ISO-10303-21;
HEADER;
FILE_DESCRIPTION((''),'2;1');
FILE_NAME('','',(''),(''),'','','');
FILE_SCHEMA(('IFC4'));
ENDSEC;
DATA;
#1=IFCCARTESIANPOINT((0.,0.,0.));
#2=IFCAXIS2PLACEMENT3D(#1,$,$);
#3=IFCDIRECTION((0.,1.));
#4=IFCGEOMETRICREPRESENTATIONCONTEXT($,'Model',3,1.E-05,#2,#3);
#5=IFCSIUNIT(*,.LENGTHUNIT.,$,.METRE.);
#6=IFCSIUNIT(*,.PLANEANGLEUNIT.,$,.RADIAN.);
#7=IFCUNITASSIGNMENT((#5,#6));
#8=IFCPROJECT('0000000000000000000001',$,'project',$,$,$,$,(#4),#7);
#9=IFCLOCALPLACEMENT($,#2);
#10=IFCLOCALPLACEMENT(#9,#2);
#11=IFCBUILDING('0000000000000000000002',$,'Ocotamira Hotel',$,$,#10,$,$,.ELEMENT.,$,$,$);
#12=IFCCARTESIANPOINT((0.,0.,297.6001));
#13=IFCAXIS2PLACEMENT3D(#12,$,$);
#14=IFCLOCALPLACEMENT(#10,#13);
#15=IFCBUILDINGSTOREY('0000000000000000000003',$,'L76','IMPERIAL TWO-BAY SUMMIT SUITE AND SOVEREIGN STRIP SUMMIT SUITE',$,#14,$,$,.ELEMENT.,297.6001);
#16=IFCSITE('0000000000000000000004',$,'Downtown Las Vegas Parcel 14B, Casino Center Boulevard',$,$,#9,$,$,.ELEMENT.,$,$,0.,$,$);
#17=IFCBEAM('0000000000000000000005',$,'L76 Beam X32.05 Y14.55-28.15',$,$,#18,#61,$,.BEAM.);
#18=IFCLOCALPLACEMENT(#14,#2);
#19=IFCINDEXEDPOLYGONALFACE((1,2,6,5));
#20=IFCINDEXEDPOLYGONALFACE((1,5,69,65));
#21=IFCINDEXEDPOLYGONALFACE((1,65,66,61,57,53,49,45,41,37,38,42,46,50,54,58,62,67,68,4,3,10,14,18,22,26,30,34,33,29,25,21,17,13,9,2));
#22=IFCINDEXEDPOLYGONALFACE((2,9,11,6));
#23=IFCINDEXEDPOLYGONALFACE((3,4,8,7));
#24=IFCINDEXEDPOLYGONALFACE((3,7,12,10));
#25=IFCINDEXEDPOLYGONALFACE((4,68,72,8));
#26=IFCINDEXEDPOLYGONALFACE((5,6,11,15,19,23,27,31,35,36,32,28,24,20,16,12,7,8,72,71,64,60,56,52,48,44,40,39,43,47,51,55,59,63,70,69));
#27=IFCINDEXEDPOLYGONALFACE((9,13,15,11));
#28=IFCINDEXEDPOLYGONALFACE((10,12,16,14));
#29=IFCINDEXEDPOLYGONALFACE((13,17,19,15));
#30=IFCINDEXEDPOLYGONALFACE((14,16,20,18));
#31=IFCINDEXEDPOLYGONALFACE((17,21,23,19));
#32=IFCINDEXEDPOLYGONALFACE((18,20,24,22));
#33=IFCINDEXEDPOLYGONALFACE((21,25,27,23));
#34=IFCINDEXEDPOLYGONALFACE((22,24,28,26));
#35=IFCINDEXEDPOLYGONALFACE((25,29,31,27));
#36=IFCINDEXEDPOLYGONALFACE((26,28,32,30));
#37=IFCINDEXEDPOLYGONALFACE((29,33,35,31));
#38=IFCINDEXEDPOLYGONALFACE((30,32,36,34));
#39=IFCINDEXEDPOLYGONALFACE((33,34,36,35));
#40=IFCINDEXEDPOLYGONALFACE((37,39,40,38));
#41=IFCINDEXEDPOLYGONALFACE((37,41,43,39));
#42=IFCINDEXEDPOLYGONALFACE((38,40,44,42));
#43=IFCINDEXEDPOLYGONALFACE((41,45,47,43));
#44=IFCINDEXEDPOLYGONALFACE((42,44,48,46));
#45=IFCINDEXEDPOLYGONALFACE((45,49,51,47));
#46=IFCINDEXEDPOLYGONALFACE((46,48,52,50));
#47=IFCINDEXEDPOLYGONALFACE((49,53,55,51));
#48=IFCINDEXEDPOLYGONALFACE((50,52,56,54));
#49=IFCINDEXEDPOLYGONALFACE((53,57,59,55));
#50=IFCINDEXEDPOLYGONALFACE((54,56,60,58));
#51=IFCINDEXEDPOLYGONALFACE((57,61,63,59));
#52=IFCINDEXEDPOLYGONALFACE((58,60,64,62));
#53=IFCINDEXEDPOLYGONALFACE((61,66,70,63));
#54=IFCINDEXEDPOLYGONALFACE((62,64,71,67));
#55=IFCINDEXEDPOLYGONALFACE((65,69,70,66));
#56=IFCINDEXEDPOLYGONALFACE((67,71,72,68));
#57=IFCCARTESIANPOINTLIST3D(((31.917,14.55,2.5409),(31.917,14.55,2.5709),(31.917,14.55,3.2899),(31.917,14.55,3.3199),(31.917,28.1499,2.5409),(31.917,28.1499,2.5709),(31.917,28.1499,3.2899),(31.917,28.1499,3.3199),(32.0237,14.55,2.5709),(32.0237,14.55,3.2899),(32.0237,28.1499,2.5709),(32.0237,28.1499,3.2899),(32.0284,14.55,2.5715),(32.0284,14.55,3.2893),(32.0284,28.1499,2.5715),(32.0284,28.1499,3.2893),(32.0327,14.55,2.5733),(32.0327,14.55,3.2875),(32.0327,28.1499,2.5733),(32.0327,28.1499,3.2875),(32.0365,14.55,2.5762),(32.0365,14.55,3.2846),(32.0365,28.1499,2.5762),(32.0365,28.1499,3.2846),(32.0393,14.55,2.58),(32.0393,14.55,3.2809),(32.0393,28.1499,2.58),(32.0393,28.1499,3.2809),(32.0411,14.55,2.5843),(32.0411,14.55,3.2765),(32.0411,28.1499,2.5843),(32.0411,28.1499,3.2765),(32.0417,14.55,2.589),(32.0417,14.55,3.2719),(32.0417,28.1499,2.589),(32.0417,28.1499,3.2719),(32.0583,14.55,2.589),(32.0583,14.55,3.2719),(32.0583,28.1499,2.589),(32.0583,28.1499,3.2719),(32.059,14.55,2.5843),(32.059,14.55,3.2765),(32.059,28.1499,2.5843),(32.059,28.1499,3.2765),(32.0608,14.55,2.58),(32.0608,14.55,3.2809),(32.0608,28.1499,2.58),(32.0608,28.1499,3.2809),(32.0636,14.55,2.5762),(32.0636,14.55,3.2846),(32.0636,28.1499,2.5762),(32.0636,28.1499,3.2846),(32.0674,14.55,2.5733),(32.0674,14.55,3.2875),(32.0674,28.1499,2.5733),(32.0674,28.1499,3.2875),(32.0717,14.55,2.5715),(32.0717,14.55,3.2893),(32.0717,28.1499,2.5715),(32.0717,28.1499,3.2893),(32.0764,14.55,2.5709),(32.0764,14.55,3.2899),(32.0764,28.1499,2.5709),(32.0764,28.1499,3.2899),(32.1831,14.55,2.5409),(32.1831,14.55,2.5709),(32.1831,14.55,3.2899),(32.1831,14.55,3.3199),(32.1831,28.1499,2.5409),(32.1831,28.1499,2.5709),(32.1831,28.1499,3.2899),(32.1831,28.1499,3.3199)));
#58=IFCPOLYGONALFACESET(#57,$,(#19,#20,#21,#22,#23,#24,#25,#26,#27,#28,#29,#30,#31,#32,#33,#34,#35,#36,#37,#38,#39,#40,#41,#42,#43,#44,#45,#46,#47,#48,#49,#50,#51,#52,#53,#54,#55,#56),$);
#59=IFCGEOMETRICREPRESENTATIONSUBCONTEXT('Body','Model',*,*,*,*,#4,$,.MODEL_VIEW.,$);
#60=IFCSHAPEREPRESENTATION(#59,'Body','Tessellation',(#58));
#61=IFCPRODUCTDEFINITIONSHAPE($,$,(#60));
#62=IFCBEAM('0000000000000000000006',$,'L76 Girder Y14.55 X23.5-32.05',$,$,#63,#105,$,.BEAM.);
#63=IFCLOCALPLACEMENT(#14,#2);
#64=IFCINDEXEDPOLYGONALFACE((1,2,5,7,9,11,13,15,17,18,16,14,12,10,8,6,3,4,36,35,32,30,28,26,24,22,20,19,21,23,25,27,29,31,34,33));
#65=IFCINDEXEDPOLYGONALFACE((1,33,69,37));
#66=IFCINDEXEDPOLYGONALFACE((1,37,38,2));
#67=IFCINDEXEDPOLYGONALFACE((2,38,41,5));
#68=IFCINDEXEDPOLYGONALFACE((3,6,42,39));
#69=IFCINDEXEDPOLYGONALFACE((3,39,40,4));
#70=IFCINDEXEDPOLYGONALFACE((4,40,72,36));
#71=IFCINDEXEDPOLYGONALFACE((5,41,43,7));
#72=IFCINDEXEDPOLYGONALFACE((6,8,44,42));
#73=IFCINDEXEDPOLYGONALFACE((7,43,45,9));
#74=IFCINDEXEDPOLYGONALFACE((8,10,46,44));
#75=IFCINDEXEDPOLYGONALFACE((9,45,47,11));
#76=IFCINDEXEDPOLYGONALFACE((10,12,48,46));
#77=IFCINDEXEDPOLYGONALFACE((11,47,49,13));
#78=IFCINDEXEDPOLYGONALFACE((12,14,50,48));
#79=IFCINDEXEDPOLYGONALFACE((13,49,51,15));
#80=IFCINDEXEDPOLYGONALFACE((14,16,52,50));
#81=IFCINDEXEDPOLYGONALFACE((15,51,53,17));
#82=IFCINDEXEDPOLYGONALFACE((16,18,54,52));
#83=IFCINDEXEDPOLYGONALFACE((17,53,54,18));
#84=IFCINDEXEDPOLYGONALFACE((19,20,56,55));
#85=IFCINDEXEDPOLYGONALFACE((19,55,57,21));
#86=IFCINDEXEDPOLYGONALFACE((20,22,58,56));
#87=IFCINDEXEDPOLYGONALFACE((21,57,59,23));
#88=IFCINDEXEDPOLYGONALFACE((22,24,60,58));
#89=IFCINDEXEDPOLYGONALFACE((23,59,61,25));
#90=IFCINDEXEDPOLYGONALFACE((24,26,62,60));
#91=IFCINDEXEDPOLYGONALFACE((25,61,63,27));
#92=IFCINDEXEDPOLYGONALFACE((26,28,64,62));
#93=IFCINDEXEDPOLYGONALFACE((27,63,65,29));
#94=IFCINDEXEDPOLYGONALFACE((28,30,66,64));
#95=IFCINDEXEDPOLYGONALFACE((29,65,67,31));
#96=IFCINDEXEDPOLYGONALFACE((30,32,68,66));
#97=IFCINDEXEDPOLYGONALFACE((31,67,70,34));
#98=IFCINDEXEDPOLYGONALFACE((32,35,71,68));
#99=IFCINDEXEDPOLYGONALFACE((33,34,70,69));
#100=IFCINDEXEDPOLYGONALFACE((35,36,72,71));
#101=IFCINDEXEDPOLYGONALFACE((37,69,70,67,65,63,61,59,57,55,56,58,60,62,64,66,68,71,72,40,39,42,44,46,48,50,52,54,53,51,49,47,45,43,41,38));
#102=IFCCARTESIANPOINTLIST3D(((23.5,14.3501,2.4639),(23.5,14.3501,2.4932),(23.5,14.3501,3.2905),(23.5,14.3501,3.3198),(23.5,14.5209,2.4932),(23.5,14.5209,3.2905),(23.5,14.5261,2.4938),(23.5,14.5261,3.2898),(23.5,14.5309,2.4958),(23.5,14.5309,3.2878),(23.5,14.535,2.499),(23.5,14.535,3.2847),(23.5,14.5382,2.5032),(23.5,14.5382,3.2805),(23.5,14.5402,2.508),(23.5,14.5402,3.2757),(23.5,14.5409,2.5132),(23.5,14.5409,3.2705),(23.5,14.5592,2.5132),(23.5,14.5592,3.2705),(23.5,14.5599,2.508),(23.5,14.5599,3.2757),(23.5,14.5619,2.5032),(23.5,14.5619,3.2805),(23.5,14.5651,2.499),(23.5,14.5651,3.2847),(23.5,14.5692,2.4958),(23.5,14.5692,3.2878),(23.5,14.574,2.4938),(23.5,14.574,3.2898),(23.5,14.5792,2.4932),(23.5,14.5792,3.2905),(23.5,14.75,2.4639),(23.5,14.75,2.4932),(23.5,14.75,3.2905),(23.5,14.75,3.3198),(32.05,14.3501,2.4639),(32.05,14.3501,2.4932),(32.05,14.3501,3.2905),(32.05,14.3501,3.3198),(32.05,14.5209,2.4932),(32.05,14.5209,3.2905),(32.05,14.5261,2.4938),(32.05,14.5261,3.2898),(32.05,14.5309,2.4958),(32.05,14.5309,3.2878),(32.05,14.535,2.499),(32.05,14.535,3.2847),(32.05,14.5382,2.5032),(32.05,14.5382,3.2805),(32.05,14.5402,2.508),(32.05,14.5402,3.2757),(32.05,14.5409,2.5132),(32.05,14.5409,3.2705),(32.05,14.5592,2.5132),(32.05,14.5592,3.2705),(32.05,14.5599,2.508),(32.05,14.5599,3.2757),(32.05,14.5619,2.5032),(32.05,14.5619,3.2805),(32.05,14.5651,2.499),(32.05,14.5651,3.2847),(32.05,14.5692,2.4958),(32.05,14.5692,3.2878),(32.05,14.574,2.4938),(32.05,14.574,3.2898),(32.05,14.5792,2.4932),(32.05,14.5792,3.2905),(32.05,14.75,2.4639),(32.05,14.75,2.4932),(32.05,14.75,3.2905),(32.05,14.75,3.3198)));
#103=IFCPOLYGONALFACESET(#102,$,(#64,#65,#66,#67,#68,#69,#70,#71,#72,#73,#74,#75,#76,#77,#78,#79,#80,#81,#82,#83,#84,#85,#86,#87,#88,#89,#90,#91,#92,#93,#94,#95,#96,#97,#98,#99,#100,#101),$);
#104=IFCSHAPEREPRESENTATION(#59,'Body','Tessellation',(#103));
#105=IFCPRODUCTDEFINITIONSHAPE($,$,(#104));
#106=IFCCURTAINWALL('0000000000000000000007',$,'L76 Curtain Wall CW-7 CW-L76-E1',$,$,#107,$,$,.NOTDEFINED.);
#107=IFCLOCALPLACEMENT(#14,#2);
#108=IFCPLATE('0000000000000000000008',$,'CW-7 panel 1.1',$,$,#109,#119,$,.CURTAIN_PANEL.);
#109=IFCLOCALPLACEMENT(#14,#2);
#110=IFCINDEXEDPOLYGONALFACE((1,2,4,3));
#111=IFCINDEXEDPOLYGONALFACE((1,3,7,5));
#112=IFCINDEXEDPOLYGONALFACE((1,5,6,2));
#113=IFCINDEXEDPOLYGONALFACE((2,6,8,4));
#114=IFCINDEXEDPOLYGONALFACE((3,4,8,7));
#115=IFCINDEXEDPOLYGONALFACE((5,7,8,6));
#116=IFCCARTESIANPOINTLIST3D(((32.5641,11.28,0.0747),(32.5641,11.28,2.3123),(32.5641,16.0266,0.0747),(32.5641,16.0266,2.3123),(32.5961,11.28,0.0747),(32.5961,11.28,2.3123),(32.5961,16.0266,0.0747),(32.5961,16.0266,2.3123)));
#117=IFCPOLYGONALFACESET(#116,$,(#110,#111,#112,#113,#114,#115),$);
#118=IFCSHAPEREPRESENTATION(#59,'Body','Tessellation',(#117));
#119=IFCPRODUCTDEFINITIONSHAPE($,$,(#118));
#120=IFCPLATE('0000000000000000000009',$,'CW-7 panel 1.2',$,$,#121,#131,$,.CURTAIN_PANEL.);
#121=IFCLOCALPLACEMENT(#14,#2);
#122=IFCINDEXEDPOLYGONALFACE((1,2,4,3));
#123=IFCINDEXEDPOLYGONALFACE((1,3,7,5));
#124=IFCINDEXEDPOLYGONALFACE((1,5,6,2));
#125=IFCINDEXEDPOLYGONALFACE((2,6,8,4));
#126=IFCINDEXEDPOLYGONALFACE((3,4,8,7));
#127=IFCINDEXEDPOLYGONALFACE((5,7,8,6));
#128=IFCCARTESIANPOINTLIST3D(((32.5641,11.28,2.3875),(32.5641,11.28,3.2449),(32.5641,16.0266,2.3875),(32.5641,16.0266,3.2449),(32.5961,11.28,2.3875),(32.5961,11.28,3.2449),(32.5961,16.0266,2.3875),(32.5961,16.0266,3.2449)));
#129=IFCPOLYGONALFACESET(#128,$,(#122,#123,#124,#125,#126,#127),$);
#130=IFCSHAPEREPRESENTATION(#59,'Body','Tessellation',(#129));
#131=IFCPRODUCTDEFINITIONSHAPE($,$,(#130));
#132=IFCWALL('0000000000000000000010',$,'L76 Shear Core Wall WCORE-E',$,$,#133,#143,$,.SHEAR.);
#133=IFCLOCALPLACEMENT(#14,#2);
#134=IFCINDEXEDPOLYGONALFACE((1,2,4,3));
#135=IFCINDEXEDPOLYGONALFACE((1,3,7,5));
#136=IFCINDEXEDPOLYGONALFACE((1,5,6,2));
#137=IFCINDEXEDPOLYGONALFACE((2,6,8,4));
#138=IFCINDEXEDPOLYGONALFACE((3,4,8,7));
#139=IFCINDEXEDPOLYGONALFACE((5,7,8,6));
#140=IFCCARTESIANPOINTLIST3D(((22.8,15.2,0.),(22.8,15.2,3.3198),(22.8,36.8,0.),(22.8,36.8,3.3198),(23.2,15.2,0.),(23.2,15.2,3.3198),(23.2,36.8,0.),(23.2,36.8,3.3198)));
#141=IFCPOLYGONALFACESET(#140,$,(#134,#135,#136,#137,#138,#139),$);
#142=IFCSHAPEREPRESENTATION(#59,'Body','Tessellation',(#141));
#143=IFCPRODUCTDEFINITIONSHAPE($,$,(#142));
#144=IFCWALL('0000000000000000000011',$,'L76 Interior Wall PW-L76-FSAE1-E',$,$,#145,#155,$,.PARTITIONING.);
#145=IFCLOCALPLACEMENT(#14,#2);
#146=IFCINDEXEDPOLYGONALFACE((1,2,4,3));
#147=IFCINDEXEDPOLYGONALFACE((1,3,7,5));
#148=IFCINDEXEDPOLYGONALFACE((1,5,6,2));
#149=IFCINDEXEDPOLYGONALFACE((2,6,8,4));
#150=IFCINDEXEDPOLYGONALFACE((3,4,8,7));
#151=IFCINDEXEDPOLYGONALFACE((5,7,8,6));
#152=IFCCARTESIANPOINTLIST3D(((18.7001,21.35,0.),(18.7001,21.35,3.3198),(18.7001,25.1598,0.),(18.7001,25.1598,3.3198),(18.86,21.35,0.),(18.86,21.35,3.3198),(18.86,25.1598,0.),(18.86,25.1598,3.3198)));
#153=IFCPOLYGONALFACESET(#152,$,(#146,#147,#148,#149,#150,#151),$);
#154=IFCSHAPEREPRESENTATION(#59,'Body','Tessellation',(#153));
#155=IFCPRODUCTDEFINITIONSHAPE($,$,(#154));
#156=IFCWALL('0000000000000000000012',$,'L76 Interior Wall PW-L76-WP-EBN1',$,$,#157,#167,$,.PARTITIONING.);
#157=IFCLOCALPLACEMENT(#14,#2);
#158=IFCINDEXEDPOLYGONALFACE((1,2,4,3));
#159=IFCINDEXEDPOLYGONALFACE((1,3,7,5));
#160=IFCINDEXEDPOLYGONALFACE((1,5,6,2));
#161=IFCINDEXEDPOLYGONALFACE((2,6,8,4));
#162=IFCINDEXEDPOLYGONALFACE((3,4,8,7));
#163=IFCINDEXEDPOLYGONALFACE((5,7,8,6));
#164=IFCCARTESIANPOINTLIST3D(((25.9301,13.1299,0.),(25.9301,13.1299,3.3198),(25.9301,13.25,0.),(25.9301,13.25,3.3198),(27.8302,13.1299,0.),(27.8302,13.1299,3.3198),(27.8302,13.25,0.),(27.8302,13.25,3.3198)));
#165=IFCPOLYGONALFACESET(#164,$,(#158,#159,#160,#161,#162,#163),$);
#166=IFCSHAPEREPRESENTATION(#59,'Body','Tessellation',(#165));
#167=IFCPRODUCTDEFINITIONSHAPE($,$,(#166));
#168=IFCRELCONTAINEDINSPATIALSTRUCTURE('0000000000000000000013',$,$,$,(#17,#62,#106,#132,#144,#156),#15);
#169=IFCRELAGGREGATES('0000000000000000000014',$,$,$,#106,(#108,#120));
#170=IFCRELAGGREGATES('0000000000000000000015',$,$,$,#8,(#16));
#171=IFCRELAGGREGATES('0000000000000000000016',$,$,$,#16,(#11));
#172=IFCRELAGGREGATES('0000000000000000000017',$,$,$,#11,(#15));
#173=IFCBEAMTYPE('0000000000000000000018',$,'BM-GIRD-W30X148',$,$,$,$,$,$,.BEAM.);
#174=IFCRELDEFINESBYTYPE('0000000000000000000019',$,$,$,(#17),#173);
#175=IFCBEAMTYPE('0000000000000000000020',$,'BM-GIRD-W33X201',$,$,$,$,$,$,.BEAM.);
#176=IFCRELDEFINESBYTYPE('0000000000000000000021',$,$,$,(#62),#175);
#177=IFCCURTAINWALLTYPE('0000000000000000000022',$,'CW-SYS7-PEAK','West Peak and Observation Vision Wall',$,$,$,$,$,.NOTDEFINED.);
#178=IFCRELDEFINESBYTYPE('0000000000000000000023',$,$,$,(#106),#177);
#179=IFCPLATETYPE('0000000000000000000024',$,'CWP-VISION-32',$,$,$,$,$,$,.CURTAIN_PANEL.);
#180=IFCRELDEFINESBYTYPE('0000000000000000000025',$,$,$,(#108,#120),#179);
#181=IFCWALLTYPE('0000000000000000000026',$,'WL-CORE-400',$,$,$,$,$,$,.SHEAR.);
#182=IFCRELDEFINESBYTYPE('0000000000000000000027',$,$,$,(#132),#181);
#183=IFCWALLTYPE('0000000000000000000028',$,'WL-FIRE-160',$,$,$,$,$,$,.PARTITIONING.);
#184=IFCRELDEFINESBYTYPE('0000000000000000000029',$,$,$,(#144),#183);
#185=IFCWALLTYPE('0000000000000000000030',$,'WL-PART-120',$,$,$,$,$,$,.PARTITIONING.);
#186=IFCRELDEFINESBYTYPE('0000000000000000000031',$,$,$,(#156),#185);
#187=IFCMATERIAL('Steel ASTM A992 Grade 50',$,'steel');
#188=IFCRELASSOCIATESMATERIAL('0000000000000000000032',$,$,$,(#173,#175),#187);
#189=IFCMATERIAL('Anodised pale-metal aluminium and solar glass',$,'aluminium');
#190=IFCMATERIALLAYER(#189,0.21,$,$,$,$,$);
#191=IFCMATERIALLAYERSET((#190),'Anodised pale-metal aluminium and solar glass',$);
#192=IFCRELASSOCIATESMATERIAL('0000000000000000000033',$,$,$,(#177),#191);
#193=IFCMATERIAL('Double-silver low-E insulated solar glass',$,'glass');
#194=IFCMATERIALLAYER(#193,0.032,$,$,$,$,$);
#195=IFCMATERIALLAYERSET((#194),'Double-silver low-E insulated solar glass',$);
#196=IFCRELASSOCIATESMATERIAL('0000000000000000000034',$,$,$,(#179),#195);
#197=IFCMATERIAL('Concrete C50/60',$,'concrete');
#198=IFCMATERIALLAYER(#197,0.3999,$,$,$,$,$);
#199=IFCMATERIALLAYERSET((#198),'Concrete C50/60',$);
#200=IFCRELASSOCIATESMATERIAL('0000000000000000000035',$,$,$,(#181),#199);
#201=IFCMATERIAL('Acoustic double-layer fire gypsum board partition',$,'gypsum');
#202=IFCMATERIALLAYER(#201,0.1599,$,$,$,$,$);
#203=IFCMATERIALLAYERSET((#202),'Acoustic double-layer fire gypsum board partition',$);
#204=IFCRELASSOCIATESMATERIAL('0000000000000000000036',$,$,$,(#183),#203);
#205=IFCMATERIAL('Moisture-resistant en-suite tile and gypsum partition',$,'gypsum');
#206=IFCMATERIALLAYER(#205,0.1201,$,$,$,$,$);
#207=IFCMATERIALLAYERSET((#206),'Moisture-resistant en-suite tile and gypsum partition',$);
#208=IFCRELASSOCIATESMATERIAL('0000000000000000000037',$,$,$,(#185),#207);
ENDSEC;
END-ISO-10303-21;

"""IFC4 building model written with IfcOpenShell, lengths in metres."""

from ifc_helpers import new_model, si_unit, direction, frame, frame_2d, origin, origin_2d, place, context, subcontext, project, spatial, rectangle, i_section, extrude, source, transform, mapped, material, layer, layer_set, material_profile, profile_set, type_object, element, aggregate, save


model = new_model("IFC4")

# Units and contexts
model_context = context("Model", 3, precision=1e-05, world=origin(), true_north=direction((0.0, 1.0)))
body_context = subcontext(model_context, "Body", "Model", "MODEL_VIEW")
ifc_project = project(units=[si_unit("LENGTHUNIT", "METRE"), si_unit("PLANEANGLEUNIT", "RADIAN")], contexts=[model_context])

# Site, building, storey
site_placement = place(None, origin())
site = spatial("IfcSite", under=ifc_project, at=site_placement, Name="Downtown Las Vegas Parcel 14B, Casino Center Boulevard", CompositionType="ELEMENT", RefElevation=0.0)
building_placement = place(site_placement, origin())
building = spatial("IfcBuilding", under=site, at=building_placement, Name="Ocotamira Hotel", CompositionType="ELEMENT")
storey_placement = place(building_placement, frame((0.0, 0.0, 297.6001)))
storey = spatial("IfcBuildingStorey", under=building, at=storey_placement, Name="L76", Description="IMPERIAL TWO-BAY SUMMIT SUITE AND SOVEREIGN STRIP SUMMIT SUITE", CompositionType="ELEMENT", Elevation=297.6001)

# Shared definitions
ifc_material_1 = material(Name="Steel ASTM A992 Grade 50", Category="steel")

# Beams
ifc_material_profile_1 = material_profile(ifc_material_1, i_section(OverallWidth=0.2661, OverallDepth=0.7791, WebThickness=0.0166, FlangeThickness=0.03, FilletRadius=0.0181, at=origin_2d()), Name="W30X148")
ifc_profile_set_1 = profile_set([ifc_material_profile_1], Name="Steel ASTM A992 Grade 50")
beam_type_1 = type_object("IfcBeamType", Name="BM-GIRD-W30X148", PredefinedType="BEAM", material=ifc_profile_set_1)
shared_shape_1 = source(origin(), body_context, "Body", "SweptSolid", [
    extrude(i_section(OverallWidth=0.2661, OverallDepth=0.7791, WebThickness=0.0166, FlangeThickness=0.03, FilletRadius=0.0181, at=origin_2d()), origin(), (0.0, 0.0, 1.0), 13.5999),
])
for number, where, z_axis, x_axis, name in (
    (1, (32.05, 14.55, 2.9304), (0.0, 1.0, 0.0), (-1.0, 0.0, 0.0), "L76 Beam X32.05 Y14.55-28.15"),
):
    element("IfcBeam", number, at=place(storey_placement, frame(where, z_axis=z_axis, x_axis=x_axis)), inside=storey, type_object=beam_type_1, Name=name, PredefinedType="BEAM", context=body_context, shape_type="MappedRepresentation", body=[
        mapped(shared_shape_1, transform((0.0, 0.0, 0.0), scale=1.0)),
    ])
ifc_material_profile_2 = material_profile(ifc_material_1, i_section(OverallWidth=0.3999, OverallDepth=0.856, WebThickness=0.0183, FlangeThickness=0.0293, FilletRadius=0.02, at=origin_2d()), Name="W33X201")
ifc_profile_set_2 = profile_set([ifc_material_profile_2], Name="Steel ASTM A992 Grade 50")
beam_type_2 = type_object("IfcBeamType", Name="BM-GIRD-W33X201", PredefinedType="BEAM", material=ifc_profile_set_2)
shared_shape_2 = source(origin(), body_context, "Body", "SweptSolid", [
    extrude(i_section(OverallWidth=0.3999, OverallDepth=0.856, WebThickness=0.0183, FlangeThickness=0.0293, FilletRadius=0.02, at=origin_2d()), origin(), (0.0, 0.0, 1.0), 8.55),
])
beam_placement = place(storey_placement, frame((23.5, 14.55, 2.8918), z_axis=(1.0, 0.0, 0.0), x_axis=(0.0, 1.0, 0.0)))
element("IfcBeam", 2, at=beam_placement, inside=storey, type_object=beam_type_2, Name="L76 Girder Y14.55 X23.5-32.05", PredefinedType="BEAM", context=body_context, shape_type="MappedRepresentation", body=[
    mapped(shared_shape_2, transform((0.0, 0.0, 0.0), scale=1.0)),
])

# Curtain wall, plates
ifc_material_2 = material(Name="Anodised pale-metal aluminium and solar glass", Category="aluminium")
ifc_layer_1 = layer(ifc_material_2, 0.21)
ifc_layer_set_1 = layer_set([ifc_layer_1], Name="Anodised pale-metal aluminium and solar glass")
curtain_wall_type = type_object("IfcCurtainWallType", Name="CW-SYS7-PEAK", Description="West Peak and Observation Vision Wall", PredefinedType="NOTDEFINED", material=ifc_layer_set_1)
curtain_wall_placement = place(storey_placement, origin())
curtain_wall = element("IfcCurtainWall", 3, at=curtain_wall_placement, inside=storey, type_object=curtain_wall_type, Name="L76 Curtain Wall CW-7 CW-L76-E1", PredefinedType="NOTDEFINED")
ifc_material_3 = material(Name="Double-silver low-E insulated solar glass", Category="glass")
ifc_layer_2 = layer(ifc_material_3, 0.032)
ifc_layer_set_2 = layer_set([ifc_layer_2], Name="Double-silver low-E insulated solar glass")
plate_type = type_object("IfcPlateType", Name="CWP-VISION-32", PredefinedType="CURTAIN_PANEL", material=ifc_layer_set_2)
shared_shape_3 = source(origin(), body_context, "Body", "SweptSolid", [
    extrude(rectangle(XDim=4.7466, YDim=0.032, at=origin_2d()), origin(), (0.0, 0.0, 1.0), 2.2375),
])
plate_1_placement = place(storey_placement, frame((32.5801, 13.6533, 0.0747), z_axis=(0.0, 0.0, 1.0), x_axis=(0.0, 1.0, 0.0)))
plate_1 = element("IfcPlate", 4, at=plate_1_placement, type_object=plate_type, Name="CW-7 panel 1.1", PredefinedType="CURTAIN_PANEL", context=body_context, shape_type="MappedRepresentation", body=[
    mapped(shared_shape_3, transform((0.0, 0.0, 0.0), scale=1.0)),
])
shared_shape_4 = source(origin(), body_context, "Body", "SweptSolid", [
    extrude(rectangle(XDim=4.7466, YDim=0.032, at=origin_2d()), origin(), (0.0, 0.0, 1.0), 0.8574),
])
plate_2_placement = place(storey_placement, frame((32.5801, 13.6533, 2.3875), z_axis=(0.0, 0.0, 1.0), x_axis=(0.0, 1.0, 0.0)))
plate_2 = element("IfcPlate", 5, at=plate_2_placement, type_object=plate_type, Name="CW-7 panel 1.2", PredefinedType="CURTAIN_PANEL", context=body_context, shape_type="MappedRepresentation", body=[
    mapped(shared_shape_4, transform((0.0, 0.0, 0.0), scale=1.0)),
])
aggregate(curtain_wall, [plate_1, plate_2])

# Walls
ifc_material_4 = material(Name="Concrete C50/60", Category="concrete")
ifc_layer_3 = layer(ifc_material_4, 0.3999)
ifc_layer_set_3 = layer_set([ifc_layer_3], Name="Concrete C50/60")
wall_type_1 = type_object("IfcWallType", Name="WL-CORE-400", PredefinedType="SHEAR", material=ifc_layer_set_3)
wall_1_placement = place(storey_placement, frame((23.0, 15.2, 0.0), z_axis=(0.0, 0.0, 1.0), x_axis=(0.0, 1.0, 0.0)))
element("IfcWall", 6, at=wall_1_placement, inside=storey, type_object=wall_type_1, Name="L76 Shear Core Wall WCORE-E", PredefinedType="SHEAR", context=body_context, shape_type="SweptSolid", body=[
    extrude(rectangle(XDim=21.6001, YDim=0.3999, at=frame_2d((10.8, 0.0))), origin(), (0.0, 0.0, 1.0), 3.3198),
])
ifc_material_5 = material(Name="Acoustic double-layer fire gypsum board partition", Category="gypsum")
ifc_layer_4 = layer(ifc_material_5, 0.1599)
ifc_layer_set_4 = layer_set([ifc_layer_4], Name="Acoustic double-layer fire gypsum board partition")
wall_type_2 = type_object("IfcWallType", Name="WL-FIRE-160", PredefinedType="PARTITIONING", material=ifc_layer_set_4)
wall_2_placement = place(storey_placement, frame((18.78, 21.3501, 0.0), z_axis=(0.0, 0.0, 1.0), x_axis=(0.0, 1.0, 0.0)))
element("IfcWall", 7, at=wall_2_placement, inside=storey, type_object=wall_type_2, Name="L76 Interior Wall PW-L76-FSAE1-E", PredefinedType="PARTITIONING", context=body_context, shape_type="SweptSolid", body=[
    extrude(rectangle(XDim=3.8098, YDim=0.1599, at=frame_2d((1.9048, 0.0))), origin(), (0.0, 0.0, 1.0), 3.3198),
])
ifc_material_6 = material(Name="Moisture-resistant en-suite tile and gypsum partition", Category="gypsum")
ifc_layer_5 = layer(ifc_material_6, 0.1201)
ifc_layer_set_5 = layer_set([ifc_layer_5], Name="Moisture-resistant en-suite tile and gypsum partition")
wall_type_3 = type_object("IfcWallType", Name="WL-PART-120", PredefinedType="PARTITIONING", material=ifc_layer_set_5)
wall_3_placement = place(storey_placement, frame((25.9299, 13.1899, 0.0), z_axis=(0.0, 0.0, 1.0), x_axis=(1.0, 0.0, 0.0)))
element("IfcWall", 8, at=wall_3_placement, inside=storey, type_object=wall_type_3, Name="L76 Interior Wall PW-L76-WP-EBN1", PredefinedType="PARTITIONING", context=body_context, shape_type="SweptSolid", body=[
    extrude(rectangle(XDim=1.9001, YDim=0.1201, at=frame_2d((0.9502, 0.0))), origin(), (0.0, 0.0, 1.0), 3.3198),
])

save(model, "model.ifc")
